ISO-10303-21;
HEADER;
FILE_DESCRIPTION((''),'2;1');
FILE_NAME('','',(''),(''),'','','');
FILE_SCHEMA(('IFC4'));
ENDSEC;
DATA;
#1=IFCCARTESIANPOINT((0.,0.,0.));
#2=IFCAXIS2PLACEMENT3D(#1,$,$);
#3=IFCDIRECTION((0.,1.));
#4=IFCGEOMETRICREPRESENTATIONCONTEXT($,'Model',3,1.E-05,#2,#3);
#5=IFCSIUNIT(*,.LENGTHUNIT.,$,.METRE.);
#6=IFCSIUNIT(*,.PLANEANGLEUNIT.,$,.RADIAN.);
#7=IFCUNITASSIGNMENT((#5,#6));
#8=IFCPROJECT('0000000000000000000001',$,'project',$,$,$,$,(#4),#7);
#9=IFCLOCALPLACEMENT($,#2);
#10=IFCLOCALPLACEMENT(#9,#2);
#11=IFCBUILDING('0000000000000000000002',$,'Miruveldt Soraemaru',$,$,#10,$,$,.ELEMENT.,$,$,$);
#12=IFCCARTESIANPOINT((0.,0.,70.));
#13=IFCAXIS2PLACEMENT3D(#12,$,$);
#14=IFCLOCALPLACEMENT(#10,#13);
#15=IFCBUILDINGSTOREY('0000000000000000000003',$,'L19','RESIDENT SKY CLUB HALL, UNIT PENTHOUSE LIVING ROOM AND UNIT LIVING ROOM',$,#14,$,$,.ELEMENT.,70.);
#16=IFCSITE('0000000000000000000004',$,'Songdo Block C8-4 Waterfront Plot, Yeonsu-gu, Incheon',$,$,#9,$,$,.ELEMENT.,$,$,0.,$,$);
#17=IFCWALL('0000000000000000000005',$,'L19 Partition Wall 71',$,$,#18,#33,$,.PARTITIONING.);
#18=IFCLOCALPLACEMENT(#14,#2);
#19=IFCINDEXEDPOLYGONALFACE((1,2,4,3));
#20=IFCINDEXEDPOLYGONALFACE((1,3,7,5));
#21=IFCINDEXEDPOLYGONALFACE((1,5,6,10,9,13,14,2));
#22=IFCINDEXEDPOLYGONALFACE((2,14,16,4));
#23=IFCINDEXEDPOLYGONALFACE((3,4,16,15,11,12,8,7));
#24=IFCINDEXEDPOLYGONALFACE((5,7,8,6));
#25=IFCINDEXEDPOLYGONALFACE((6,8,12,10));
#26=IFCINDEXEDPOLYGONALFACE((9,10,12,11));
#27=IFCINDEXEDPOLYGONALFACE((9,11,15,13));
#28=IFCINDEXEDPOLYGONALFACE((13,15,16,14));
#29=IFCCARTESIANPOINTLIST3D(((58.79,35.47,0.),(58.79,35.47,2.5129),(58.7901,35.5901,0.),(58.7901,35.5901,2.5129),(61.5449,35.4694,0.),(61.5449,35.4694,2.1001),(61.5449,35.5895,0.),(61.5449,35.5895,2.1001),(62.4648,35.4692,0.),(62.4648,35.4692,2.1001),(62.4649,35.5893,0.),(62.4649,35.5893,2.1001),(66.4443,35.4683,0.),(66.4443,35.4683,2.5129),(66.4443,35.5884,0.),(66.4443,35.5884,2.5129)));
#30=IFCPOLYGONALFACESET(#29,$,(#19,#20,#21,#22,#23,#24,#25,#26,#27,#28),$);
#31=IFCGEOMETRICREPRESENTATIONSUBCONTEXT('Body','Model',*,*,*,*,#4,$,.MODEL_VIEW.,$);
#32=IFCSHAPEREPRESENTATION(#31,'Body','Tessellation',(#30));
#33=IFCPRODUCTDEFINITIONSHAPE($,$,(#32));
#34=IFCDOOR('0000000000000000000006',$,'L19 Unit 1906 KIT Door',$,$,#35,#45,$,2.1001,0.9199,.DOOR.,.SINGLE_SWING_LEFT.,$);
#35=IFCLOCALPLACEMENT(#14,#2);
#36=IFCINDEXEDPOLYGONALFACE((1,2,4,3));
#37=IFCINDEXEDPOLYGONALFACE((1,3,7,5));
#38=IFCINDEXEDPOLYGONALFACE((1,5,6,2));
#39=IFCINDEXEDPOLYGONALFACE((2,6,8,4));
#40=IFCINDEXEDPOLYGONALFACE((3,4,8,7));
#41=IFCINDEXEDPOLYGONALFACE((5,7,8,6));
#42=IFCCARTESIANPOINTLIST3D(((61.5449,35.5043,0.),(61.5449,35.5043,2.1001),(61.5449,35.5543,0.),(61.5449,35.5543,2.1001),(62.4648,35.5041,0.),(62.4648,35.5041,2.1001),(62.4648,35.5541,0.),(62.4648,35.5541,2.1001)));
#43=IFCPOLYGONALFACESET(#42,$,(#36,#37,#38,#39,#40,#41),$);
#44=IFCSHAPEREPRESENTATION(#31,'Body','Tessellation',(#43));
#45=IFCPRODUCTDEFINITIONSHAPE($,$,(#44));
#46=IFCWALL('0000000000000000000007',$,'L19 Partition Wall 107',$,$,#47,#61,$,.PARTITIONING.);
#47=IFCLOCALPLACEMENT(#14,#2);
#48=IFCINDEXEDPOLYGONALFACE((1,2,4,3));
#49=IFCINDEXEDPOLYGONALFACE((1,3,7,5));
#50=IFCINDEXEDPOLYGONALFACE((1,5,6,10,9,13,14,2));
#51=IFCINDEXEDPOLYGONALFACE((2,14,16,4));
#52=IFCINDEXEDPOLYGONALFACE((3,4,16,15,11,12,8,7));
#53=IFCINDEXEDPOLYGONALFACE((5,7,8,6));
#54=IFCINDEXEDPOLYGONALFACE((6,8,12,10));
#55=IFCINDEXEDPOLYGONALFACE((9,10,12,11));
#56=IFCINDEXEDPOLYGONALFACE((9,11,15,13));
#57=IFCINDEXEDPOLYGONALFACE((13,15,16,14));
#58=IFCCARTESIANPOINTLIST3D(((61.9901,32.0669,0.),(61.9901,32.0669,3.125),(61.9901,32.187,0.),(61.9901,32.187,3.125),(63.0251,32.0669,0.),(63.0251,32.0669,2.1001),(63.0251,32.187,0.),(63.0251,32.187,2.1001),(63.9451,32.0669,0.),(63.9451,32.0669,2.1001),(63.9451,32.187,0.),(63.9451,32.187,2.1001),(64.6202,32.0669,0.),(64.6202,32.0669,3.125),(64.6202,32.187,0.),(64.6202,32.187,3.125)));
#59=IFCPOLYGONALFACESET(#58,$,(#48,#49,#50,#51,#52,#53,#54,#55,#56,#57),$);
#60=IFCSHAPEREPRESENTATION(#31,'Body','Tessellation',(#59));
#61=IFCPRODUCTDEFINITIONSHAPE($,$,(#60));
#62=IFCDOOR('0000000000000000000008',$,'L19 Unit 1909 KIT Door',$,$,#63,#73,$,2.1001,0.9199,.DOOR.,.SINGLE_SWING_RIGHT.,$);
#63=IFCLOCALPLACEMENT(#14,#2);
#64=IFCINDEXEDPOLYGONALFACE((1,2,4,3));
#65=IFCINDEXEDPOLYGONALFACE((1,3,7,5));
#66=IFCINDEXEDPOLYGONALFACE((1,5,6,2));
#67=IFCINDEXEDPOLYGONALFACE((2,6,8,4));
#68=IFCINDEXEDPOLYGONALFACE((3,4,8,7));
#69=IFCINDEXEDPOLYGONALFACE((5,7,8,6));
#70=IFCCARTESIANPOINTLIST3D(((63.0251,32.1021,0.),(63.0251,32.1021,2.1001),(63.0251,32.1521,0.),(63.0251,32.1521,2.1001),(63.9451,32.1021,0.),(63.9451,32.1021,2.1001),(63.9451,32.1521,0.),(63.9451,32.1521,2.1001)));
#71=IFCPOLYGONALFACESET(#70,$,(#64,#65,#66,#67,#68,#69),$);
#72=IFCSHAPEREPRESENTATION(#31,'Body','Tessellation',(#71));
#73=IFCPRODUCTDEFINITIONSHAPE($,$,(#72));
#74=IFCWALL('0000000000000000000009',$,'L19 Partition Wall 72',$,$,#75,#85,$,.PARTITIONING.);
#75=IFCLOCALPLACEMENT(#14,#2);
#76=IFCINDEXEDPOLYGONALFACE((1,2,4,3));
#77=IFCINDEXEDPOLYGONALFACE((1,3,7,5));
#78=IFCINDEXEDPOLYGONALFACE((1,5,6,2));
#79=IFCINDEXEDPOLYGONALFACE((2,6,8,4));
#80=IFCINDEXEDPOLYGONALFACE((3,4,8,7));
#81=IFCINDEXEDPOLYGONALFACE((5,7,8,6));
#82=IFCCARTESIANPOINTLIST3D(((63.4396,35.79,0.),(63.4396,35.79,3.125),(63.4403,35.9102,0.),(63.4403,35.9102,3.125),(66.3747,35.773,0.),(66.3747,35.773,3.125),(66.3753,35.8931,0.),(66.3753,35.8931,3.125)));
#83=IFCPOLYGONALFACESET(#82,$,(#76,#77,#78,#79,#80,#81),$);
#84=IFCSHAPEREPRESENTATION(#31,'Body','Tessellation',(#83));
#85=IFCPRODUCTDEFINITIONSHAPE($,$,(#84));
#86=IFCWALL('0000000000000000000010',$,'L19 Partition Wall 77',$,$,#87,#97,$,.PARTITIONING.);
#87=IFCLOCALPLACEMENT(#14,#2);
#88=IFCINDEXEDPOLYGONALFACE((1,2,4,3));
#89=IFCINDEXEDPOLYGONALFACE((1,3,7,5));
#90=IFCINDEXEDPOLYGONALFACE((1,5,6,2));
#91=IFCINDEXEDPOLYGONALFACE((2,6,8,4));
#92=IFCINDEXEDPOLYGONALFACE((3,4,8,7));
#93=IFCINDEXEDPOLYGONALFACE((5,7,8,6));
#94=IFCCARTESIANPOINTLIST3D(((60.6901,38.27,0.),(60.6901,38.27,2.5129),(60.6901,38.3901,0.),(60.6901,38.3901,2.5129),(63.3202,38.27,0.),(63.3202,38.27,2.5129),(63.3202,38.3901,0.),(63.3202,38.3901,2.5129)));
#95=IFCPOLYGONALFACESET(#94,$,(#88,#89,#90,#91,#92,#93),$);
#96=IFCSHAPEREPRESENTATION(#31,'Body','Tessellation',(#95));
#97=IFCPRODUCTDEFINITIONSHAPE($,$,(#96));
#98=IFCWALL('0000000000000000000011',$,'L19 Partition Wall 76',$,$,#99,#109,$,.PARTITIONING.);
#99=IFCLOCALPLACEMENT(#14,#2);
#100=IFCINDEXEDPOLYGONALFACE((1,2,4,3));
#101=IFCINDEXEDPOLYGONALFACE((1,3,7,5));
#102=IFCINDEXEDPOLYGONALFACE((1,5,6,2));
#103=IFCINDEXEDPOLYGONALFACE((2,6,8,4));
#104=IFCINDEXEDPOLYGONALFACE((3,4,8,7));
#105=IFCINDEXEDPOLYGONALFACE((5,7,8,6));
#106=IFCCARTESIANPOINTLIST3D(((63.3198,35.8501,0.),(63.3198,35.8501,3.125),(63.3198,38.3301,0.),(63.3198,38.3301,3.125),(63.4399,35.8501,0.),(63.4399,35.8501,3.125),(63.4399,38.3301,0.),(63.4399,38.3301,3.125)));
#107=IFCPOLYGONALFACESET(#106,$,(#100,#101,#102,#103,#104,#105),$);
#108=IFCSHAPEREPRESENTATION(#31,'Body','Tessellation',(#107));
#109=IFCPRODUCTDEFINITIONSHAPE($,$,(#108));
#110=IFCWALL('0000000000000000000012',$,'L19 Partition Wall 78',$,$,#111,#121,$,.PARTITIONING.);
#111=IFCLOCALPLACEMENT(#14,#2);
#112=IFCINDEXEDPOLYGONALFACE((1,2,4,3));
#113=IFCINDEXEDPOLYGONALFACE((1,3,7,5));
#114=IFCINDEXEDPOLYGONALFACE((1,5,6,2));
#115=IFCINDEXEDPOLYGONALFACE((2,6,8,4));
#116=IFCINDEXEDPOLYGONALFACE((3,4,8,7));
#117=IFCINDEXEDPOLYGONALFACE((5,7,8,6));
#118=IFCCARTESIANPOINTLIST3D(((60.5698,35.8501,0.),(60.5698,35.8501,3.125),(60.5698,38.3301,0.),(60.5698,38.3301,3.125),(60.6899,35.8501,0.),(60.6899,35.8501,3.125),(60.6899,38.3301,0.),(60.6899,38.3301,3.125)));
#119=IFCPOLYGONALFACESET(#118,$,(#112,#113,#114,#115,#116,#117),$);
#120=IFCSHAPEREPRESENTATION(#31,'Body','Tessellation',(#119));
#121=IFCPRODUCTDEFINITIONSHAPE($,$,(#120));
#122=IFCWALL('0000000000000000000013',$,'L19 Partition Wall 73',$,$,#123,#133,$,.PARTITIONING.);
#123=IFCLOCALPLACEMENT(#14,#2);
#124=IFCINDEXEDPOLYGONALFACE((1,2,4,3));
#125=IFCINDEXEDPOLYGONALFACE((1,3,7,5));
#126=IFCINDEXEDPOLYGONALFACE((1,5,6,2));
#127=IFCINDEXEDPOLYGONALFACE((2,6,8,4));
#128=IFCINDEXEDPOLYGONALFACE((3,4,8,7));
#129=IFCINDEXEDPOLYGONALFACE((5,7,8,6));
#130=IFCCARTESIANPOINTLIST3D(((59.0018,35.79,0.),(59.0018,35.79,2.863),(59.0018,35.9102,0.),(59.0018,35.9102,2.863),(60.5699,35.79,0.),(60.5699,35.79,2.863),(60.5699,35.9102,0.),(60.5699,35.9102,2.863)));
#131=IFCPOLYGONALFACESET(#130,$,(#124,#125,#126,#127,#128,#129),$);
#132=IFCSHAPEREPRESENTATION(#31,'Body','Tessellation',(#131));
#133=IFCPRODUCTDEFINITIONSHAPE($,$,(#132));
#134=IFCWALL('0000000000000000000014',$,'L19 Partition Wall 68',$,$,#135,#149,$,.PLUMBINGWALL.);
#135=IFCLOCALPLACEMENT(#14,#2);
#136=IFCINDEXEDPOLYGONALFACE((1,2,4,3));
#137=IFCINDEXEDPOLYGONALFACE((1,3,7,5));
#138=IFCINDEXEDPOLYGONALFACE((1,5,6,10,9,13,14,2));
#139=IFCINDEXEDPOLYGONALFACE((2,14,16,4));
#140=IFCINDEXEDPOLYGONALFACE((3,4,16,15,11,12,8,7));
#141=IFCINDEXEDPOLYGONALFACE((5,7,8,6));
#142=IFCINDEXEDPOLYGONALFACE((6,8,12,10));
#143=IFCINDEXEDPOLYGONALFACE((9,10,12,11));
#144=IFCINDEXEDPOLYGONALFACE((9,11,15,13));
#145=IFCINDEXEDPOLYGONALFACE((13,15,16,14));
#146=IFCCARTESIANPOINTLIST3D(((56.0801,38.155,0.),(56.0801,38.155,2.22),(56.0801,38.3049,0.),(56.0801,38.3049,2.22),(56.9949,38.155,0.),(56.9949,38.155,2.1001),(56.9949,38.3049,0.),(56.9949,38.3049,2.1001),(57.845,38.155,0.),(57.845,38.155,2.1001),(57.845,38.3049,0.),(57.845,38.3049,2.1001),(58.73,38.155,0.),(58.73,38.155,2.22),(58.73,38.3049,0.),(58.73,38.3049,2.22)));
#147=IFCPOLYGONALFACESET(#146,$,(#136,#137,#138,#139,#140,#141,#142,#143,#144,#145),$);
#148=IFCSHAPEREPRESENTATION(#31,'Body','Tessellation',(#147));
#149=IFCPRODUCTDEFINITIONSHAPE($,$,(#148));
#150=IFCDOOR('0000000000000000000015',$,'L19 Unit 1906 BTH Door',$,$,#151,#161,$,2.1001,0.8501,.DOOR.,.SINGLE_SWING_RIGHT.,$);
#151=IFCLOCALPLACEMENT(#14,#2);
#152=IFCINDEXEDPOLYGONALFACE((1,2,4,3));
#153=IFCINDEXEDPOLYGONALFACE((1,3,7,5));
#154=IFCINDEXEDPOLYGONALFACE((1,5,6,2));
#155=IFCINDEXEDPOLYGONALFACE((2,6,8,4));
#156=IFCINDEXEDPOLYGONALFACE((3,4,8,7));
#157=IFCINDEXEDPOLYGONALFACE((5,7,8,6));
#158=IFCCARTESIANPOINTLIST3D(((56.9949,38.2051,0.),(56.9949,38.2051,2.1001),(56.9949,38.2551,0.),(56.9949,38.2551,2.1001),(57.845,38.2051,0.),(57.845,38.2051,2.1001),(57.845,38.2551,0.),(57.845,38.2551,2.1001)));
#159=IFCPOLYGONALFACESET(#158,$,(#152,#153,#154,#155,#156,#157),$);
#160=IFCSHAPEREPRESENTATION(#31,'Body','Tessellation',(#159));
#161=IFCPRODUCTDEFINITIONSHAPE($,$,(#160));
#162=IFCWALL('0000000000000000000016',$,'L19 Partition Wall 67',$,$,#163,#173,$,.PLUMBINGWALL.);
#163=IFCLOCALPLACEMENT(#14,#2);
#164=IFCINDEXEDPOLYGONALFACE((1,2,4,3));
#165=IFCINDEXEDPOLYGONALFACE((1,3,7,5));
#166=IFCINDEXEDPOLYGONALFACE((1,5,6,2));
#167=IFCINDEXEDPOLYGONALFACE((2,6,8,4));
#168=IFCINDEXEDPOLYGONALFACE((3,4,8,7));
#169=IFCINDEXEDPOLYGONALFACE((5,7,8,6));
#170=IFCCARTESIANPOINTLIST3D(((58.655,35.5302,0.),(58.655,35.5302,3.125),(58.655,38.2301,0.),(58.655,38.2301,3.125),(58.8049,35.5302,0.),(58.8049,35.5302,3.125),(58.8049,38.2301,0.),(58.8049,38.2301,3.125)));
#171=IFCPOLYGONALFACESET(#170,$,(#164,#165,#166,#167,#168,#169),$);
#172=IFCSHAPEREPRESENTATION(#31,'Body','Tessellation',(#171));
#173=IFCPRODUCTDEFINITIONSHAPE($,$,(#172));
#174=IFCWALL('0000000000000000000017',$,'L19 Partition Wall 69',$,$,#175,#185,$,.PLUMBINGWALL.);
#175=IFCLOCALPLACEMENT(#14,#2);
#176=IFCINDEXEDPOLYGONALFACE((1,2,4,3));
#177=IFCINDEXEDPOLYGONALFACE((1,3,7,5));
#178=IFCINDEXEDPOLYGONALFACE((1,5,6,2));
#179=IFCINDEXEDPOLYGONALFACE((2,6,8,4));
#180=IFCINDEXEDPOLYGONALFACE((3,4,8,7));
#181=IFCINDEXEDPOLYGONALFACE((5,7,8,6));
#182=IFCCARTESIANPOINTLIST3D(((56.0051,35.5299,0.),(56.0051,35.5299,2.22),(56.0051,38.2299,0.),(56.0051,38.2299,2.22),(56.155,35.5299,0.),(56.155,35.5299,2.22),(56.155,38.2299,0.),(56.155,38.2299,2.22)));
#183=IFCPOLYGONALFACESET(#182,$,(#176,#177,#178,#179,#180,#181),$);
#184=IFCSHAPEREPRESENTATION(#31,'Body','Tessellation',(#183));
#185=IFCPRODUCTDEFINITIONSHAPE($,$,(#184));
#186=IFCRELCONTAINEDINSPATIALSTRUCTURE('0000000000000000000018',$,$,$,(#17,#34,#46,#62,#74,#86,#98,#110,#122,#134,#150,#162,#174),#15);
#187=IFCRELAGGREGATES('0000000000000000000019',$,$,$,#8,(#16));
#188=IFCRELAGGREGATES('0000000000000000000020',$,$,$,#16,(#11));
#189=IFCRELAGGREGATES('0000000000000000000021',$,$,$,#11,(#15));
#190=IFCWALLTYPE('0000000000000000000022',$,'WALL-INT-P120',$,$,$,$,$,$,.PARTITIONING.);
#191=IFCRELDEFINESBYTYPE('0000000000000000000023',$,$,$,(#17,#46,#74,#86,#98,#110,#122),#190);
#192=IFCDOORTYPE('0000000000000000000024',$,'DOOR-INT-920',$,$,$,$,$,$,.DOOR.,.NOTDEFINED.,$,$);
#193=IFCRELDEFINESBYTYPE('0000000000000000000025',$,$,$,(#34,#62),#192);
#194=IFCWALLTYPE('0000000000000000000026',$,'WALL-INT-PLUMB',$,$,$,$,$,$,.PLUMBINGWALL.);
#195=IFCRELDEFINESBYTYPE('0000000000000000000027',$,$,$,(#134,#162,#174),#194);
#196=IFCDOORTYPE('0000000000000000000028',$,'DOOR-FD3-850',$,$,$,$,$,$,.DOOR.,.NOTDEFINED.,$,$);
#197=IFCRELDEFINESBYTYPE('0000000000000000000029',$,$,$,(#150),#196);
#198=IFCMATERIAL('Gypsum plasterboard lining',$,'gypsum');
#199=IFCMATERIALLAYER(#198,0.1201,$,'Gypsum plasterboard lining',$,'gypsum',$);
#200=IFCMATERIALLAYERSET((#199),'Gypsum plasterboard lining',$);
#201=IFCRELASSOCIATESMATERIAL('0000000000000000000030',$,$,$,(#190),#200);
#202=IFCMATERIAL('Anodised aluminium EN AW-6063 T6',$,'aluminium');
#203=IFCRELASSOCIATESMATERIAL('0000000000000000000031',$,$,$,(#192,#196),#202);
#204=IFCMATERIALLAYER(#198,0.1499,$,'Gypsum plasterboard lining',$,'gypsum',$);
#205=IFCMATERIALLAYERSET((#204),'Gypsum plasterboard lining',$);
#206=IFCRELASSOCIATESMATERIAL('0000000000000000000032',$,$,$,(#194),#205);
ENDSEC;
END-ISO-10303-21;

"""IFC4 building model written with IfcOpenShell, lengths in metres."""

from ifc_helpers import new_model, si_unit, direction, frame, frame_2d, origin, place, context, subcontext, project, spatial, rectangle, extrude, material, layer, layer_set, type_object, element, fill, save


model = new_model("IFC4")

# Units and contexts
model_context = context("Model", 3, precision=1e-05, world=origin(), true_north=direction((0.0, 1.0)))
body_context = subcontext(model_context, "Body", "Model", "MODEL_VIEW")
ifc_project = project(units=[si_unit("LENGTHUNIT", "METRE"), si_unit("PLANEANGLEUNIT", "RADIAN")], contexts=[model_context])

# Site, building, storey
site_placement = place(None, origin())
site = spatial("IfcSite", under=ifc_project, at=site_placement, Name="Songdo Block C8-4 Waterfront Plot, Yeonsu-gu, Incheon", CompositionType="ELEMENT", RefElevation=0.0)
building_placement = place(site_placement, origin())
building = spatial("IfcBuilding", under=site, at=building_placement, Name="Miruveldt Soraemaru", CompositionType="ELEMENT")
storey_placement = place(building_placement, frame((0.0, 0.0, 70.0)))
storey = spatial("IfcBuildingStorey", under=building, at=storey_placement, Name="L19", Description="RESIDENT SKY CLUB HALL, UNIT PENTHOUSE LIVING ROOM AND UNIT LIVING ROOM", CompositionType="ELEMENT", Elevation=70.0)

# Walls, openings, doors
ifc_material_1 = material(Name="Gypsum plasterboard lining", Category="gypsum")
ifc_layer_1 = layer(ifc_material_1, 0.1201, Name="Gypsum plasterboard lining", Category="gypsum")
ifc_layer_set_1 = layer_set([ifc_layer_1], Name="Gypsum plasterboard lining")
wall_type_1 = type_object("IfcWallType", Name="WALL-INT-P120", PredefinedType="PARTITIONING", material=ifc_layer_set_1)
ifc_material_2 = material(Name="Anodised aluminium EN AW-6063 T6", Category="aluminium")
door_type_1 = type_object("IfcDoorType", Name="DOOR-INT-920", OperationType="NOTDEFINED", PredefinedType="DOOR", material=ifc_material_2)
wall_1_placement = place(storey_placement, frame((58.79, 35.53, 0.0), z_axis=(0.0, 0.0, 1.0), x_axis=(1.0, -0.000223, 0.0)))
wall_1 = element("IfcWall", 1, at=wall_1_placement, inside=storey, type_object=wall_type_1, Name="L19 Partition Wall 71", PredefinedType="PARTITIONING", context=body_context, shape_type="SweptSolid", body=[
    extrude(rectangle(XDim=7.6543, YDim=0.1201, at=frame_2d((3.8271, 0.0))), origin(), (0.0, 0.0, 1.0), 2.5129),
])
opening_1_placement = place(wall_1_placement, frame((2.7549, 0.0, 0.0)))
opening_1 = element("IfcOpeningElement", 2, at=opening_1_placement, cuts=wall_1, PredefinedType="OPENING", context=body_context, shape_type="SweptSolid", body=[
    extrude(rectangle(XDim=0.9199, YDim=2.1001, at=frame_2d((0.46, 1.05))), frame((0.0, 0.0701, 0.0), z_axis=(0.0, -1.0, 0.0), x_axis=(1.0, 0.0, 0.0)), (0.0, 0.0, 1.0), 0.1401),
])
door_1_placement = place(opening_1_placement, origin())
door_1 = element("IfcDoor", 3, at=door_1_placement, inside=storey, type_object=door_type_1, Name="L19 Unit 1906 KIT Door", OperationType="SINGLE_SWING_LEFT", OverallHeight=2.1001, OverallWidth=0.9199, PredefinedType="DOOR", context=body_context, shape_type="SweptSolid", body=[
    extrude(rectangle(XDim=0.9199, YDim=2.1001, at=frame_2d((0.46, 1.05))), frame((0.0, 0.0249, 0.0), z_axis=(0.0, -1.0, 0.0), x_axis=(1.0, 0.0, 0.0)), (0.0, 0.0, 1.0), 0.05),
])
fill(opening_1, door_1)
wall_2_placement = place(storey_placement, frame((64.6201, 32.127, 0.0), z_axis=(0.0, 0.0, 1.0), x_axis=(-1.0, 0.0, 0.0)))
wall_2 = element("IfcWall", 4, at=wall_2_placement, inside=storey, type_object=wall_type_1, Name="L19 Partition Wall 107", PredefinedType="PARTITIONING", context=body_context, shape_type="SweptSolid", body=[
    extrude(rectangle(XDim=2.6301, YDim=0.1201, at=frame_2d((1.3149, 0.0))), origin(), (0.0, 0.0, 1.0), 3.125),
])
opening_2_placement = place(wall_2_placement, frame((0.675, 0.0, 0.0)))
opening_2 = element("IfcOpeningElement", 5, at=opening_2_placement, cuts=wall_2, PredefinedType="OPENING", context=body_context, shape_type="SweptSolid", body=[
    extrude(rectangle(XDim=0.9199, YDim=2.1001, at=frame_2d((0.46, 1.05))), frame((0.0, 0.0701, 0.0), z_axis=(0.0, -1.0, 0.0), x_axis=(1.0, 0.0, 0.0)), (0.0, 0.0, 1.0), 0.1401),
])
door_2_placement = place(opening_2_placement, origin())
door_2 = element("IfcDoor", 6, at=door_2_placement, inside=storey, type_object=door_type_1, Name="L19 Unit 1909 KIT Door", OperationType="SINGLE_SWING_RIGHT", OverallHeight=2.1001, OverallWidth=0.9199, PredefinedType="DOOR", context=body_context, shape_type="SweptSolid", body=[
    extrude(rectangle(XDim=0.9199, YDim=2.1001, at=frame_2d((0.46, 1.05))), frame((0.0, 0.0249, 0.0), z_axis=(0.0, -1.0, 0.0), x_axis=(1.0, 0.0, 0.0)), (0.0, 0.0, 1.0), 0.05),
])
fill(opening_2, door_2)

# Walls
wall_3_placement = place(storey_placement, frame((66.375, 35.833, 0.0), z_axis=(0.0, 0.0, 1.0), x_axis=(-0.999983, 0.005823, 0.0)))
element("IfcWall", 7, at=wall_3_placement, inside=storey, type_object=wall_type_1, Name="L19 Partition Wall 72", PredefinedType="PARTITIONING", context=body_context, shape_type="SweptSolid", body=[
    extrude(rectangle(XDim=2.9351, YDim=0.1201, at=frame_2d((1.4675, 0.0))), origin(), (0.0, 0.0, 1.0), 3.125),
])
wall_4_placement = place(storey_placement, frame((63.3201, 38.3301, 0.0), z_axis=(0.0, 0.0, 1.0), x_axis=(-1.0, 0.0, 0.0)))
element("IfcWall", 8, at=wall_4_placement, inside=storey, type_object=wall_type_1, Name="L19 Partition Wall 77", PredefinedType="PARTITIONING", context=body_context, shape_type="SweptSolid", body=[
    extrude(rectangle(XDim=2.6301, YDim=0.1201, at=frame_2d((1.3149, 0.0))), origin(), (0.0, 0.0, 1.0), 2.5129),
])
for number, where, z_axis, x_axis, name in (
    (9, (63.3799, 35.8501, 0.0), (0.0, 0.0, 1.0), (0.0, 1.0, 0.0), "L19 Partition Wall 76"),
    (10, (60.6299, 38.3301, 0.0), (0.0, 0.0, 1.0), (0.0, -1.0, 0.0), "L19 Partition Wall 78"),
):
    element("IfcWall", number, at=place(storey_placement, frame(where, z_axis=z_axis, x_axis=x_axis)), inside=storey, type_object=wall_type_1, Name=name, PredefinedType="PARTITIONING", context=body_context, shape_type="SweptSolid", body=[
        extrude(rectangle(XDim=2.48, YDim=0.1201, at=frame_2d((1.24, 0.0))), origin(), (0.0, 0.0, 1.0), 3.125),
    ])
wall_5_placement = place(storey_placement, frame((60.5701, 35.8501, 0.0), z_axis=(0.0, 0.0, 1.0), x_axis=(-1.0, 0.0, 0.0)))
element("IfcWall", 11, at=wall_5_placement, inside=storey, type_object=wall_type_1, Name="L19 Partition Wall 73", PredefinedType="PARTITIONING", context=body_context, shape_type="SweptSolid", body=[
    extrude(rectangle(XDim=1.5681, YDim=0.1201, at=frame_2d((0.7842, 0.0))), origin(), (0.0, 0.0, 1.0), 2.863),
])

# Wall, opening, door
ifc_layer_2 = layer(ifc_material_1, 0.1499, Name="Gypsum plasterboard lining", Category="gypsum")
ifc_layer_set_2 = layer_set([ifc_layer_2], Name="Gypsum plasterboard lining")
wall_type_2 = type_object("IfcWallType", Name="WALL-INT-PLUMB", PredefinedType="PLUMBINGWALL", material=ifc_layer_set_2)
wall_6_placement = place(storey_placement, frame((58.73, 38.23, 0.0), z_axis=(0.0, 0.0, 1.0), x_axis=(-1.0, 0.0, 0.0)))
wall_6 = element("IfcWall", 12, at=wall_6_placement, inside=storey, type_object=wall_type_2, Name="L19 Partition Wall 68", PredefinedType="PLUMBINGWALL", context=body_context, shape_type="SweptSolid", body=[
    extrude(rectangle(XDim=2.6499, YDim=0.1499, at=frame_2d((1.325, 0.0))), origin(), (0.0, 0.0, 1.0), 2.22),
])
opening_3_placement = place(wall_6_placement, frame((0.885, 0.0, 0.0)))
opening_3 = element("IfcOpeningElement", 13, at=opening_3_placement, cuts=wall_6, PredefinedType="OPENING", context=body_context, shape_type="SweptSolid", body=[
    extrude(rectangle(XDim=0.8501, YDim=2.1001, at=frame_2d((0.425, 1.05))), frame((0.0, 0.085, 0.0), z_axis=(0.0, -1.0, 0.0), x_axis=(1.0, 0.0, 0.0)), (0.0, 0.0, 1.0), 0.1699),
])
door_type_2 = type_object("IfcDoorType", Name="DOOR-FD3-850", OperationType="NOTDEFINED", PredefinedType="DOOR", material=ifc_material_2)
door_3_placement = place(opening_3_placement, origin())
door_3 = element("IfcDoor", 14, at=door_3_placement, inside=storey, type_object=door_type_2, Name="L19 Unit 1906 BTH Door", OperationType="SINGLE_SWING_RIGHT", OverallHeight=2.1001, OverallWidth=0.8501, PredefinedType="DOOR", context=body_context, shape_type="SweptSolid", body=[
    extrude(rectangle(XDim=0.8501, YDim=2.1001, at=frame_2d((0.425, 1.05))), frame((0.0, 0.0249, 0.0), z_axis=(0.0, -1.0, 0.0), x_axis=(1.0, 0.0, 0.0)), (0.0, 0.0, 1.0), 0.05),
])
fill(opening_3, door_3)

# Walls
wall_7_placement = place(storey_placement, frame((58.73, 35.53, 0.0), z_axis=(0.0, 0.0, 1.0), x_axis=(0.0, 1.0, 0.0)))
element("IfcWall", 15, at=wall_7_placement, inside=storey, type_object=wall_type_2, Name="L19 Partition Wall 67", PredefinedType="PLUMBINGWALL", context=body_context, shape_type="SweptSolid", body=[
    extrude(rectangle(XDim=2.7, YDim=0.1499, at=frame_2d((1.3501, 0.0))), origin(), (0.0, 0.0, 1.0), 3.125),
])
wall_8_placement = place(storey_placement, frame((56.0801, 38.23, 0.0), z_axis=(0.0, 0.0, 1.0), x_axis=(0.0, -1.0, 0.0)))
element("IfcWall", 16, at=wall_8_placement, inside=storey, type_object=wall_type_2, Name="L19 Partition Wall 69", PredefinedType="PLUMBINGWALL", context=body_context, shape_type="SweptSolid", body=[
    extrude(rectangle(XDim=2.7, YDim=0.1499, at=frame_2d((1.3501, 0.0))), origin(), (0.0, 0.0, 1.0), 2.22),
])

save(model, "model.ifc")
